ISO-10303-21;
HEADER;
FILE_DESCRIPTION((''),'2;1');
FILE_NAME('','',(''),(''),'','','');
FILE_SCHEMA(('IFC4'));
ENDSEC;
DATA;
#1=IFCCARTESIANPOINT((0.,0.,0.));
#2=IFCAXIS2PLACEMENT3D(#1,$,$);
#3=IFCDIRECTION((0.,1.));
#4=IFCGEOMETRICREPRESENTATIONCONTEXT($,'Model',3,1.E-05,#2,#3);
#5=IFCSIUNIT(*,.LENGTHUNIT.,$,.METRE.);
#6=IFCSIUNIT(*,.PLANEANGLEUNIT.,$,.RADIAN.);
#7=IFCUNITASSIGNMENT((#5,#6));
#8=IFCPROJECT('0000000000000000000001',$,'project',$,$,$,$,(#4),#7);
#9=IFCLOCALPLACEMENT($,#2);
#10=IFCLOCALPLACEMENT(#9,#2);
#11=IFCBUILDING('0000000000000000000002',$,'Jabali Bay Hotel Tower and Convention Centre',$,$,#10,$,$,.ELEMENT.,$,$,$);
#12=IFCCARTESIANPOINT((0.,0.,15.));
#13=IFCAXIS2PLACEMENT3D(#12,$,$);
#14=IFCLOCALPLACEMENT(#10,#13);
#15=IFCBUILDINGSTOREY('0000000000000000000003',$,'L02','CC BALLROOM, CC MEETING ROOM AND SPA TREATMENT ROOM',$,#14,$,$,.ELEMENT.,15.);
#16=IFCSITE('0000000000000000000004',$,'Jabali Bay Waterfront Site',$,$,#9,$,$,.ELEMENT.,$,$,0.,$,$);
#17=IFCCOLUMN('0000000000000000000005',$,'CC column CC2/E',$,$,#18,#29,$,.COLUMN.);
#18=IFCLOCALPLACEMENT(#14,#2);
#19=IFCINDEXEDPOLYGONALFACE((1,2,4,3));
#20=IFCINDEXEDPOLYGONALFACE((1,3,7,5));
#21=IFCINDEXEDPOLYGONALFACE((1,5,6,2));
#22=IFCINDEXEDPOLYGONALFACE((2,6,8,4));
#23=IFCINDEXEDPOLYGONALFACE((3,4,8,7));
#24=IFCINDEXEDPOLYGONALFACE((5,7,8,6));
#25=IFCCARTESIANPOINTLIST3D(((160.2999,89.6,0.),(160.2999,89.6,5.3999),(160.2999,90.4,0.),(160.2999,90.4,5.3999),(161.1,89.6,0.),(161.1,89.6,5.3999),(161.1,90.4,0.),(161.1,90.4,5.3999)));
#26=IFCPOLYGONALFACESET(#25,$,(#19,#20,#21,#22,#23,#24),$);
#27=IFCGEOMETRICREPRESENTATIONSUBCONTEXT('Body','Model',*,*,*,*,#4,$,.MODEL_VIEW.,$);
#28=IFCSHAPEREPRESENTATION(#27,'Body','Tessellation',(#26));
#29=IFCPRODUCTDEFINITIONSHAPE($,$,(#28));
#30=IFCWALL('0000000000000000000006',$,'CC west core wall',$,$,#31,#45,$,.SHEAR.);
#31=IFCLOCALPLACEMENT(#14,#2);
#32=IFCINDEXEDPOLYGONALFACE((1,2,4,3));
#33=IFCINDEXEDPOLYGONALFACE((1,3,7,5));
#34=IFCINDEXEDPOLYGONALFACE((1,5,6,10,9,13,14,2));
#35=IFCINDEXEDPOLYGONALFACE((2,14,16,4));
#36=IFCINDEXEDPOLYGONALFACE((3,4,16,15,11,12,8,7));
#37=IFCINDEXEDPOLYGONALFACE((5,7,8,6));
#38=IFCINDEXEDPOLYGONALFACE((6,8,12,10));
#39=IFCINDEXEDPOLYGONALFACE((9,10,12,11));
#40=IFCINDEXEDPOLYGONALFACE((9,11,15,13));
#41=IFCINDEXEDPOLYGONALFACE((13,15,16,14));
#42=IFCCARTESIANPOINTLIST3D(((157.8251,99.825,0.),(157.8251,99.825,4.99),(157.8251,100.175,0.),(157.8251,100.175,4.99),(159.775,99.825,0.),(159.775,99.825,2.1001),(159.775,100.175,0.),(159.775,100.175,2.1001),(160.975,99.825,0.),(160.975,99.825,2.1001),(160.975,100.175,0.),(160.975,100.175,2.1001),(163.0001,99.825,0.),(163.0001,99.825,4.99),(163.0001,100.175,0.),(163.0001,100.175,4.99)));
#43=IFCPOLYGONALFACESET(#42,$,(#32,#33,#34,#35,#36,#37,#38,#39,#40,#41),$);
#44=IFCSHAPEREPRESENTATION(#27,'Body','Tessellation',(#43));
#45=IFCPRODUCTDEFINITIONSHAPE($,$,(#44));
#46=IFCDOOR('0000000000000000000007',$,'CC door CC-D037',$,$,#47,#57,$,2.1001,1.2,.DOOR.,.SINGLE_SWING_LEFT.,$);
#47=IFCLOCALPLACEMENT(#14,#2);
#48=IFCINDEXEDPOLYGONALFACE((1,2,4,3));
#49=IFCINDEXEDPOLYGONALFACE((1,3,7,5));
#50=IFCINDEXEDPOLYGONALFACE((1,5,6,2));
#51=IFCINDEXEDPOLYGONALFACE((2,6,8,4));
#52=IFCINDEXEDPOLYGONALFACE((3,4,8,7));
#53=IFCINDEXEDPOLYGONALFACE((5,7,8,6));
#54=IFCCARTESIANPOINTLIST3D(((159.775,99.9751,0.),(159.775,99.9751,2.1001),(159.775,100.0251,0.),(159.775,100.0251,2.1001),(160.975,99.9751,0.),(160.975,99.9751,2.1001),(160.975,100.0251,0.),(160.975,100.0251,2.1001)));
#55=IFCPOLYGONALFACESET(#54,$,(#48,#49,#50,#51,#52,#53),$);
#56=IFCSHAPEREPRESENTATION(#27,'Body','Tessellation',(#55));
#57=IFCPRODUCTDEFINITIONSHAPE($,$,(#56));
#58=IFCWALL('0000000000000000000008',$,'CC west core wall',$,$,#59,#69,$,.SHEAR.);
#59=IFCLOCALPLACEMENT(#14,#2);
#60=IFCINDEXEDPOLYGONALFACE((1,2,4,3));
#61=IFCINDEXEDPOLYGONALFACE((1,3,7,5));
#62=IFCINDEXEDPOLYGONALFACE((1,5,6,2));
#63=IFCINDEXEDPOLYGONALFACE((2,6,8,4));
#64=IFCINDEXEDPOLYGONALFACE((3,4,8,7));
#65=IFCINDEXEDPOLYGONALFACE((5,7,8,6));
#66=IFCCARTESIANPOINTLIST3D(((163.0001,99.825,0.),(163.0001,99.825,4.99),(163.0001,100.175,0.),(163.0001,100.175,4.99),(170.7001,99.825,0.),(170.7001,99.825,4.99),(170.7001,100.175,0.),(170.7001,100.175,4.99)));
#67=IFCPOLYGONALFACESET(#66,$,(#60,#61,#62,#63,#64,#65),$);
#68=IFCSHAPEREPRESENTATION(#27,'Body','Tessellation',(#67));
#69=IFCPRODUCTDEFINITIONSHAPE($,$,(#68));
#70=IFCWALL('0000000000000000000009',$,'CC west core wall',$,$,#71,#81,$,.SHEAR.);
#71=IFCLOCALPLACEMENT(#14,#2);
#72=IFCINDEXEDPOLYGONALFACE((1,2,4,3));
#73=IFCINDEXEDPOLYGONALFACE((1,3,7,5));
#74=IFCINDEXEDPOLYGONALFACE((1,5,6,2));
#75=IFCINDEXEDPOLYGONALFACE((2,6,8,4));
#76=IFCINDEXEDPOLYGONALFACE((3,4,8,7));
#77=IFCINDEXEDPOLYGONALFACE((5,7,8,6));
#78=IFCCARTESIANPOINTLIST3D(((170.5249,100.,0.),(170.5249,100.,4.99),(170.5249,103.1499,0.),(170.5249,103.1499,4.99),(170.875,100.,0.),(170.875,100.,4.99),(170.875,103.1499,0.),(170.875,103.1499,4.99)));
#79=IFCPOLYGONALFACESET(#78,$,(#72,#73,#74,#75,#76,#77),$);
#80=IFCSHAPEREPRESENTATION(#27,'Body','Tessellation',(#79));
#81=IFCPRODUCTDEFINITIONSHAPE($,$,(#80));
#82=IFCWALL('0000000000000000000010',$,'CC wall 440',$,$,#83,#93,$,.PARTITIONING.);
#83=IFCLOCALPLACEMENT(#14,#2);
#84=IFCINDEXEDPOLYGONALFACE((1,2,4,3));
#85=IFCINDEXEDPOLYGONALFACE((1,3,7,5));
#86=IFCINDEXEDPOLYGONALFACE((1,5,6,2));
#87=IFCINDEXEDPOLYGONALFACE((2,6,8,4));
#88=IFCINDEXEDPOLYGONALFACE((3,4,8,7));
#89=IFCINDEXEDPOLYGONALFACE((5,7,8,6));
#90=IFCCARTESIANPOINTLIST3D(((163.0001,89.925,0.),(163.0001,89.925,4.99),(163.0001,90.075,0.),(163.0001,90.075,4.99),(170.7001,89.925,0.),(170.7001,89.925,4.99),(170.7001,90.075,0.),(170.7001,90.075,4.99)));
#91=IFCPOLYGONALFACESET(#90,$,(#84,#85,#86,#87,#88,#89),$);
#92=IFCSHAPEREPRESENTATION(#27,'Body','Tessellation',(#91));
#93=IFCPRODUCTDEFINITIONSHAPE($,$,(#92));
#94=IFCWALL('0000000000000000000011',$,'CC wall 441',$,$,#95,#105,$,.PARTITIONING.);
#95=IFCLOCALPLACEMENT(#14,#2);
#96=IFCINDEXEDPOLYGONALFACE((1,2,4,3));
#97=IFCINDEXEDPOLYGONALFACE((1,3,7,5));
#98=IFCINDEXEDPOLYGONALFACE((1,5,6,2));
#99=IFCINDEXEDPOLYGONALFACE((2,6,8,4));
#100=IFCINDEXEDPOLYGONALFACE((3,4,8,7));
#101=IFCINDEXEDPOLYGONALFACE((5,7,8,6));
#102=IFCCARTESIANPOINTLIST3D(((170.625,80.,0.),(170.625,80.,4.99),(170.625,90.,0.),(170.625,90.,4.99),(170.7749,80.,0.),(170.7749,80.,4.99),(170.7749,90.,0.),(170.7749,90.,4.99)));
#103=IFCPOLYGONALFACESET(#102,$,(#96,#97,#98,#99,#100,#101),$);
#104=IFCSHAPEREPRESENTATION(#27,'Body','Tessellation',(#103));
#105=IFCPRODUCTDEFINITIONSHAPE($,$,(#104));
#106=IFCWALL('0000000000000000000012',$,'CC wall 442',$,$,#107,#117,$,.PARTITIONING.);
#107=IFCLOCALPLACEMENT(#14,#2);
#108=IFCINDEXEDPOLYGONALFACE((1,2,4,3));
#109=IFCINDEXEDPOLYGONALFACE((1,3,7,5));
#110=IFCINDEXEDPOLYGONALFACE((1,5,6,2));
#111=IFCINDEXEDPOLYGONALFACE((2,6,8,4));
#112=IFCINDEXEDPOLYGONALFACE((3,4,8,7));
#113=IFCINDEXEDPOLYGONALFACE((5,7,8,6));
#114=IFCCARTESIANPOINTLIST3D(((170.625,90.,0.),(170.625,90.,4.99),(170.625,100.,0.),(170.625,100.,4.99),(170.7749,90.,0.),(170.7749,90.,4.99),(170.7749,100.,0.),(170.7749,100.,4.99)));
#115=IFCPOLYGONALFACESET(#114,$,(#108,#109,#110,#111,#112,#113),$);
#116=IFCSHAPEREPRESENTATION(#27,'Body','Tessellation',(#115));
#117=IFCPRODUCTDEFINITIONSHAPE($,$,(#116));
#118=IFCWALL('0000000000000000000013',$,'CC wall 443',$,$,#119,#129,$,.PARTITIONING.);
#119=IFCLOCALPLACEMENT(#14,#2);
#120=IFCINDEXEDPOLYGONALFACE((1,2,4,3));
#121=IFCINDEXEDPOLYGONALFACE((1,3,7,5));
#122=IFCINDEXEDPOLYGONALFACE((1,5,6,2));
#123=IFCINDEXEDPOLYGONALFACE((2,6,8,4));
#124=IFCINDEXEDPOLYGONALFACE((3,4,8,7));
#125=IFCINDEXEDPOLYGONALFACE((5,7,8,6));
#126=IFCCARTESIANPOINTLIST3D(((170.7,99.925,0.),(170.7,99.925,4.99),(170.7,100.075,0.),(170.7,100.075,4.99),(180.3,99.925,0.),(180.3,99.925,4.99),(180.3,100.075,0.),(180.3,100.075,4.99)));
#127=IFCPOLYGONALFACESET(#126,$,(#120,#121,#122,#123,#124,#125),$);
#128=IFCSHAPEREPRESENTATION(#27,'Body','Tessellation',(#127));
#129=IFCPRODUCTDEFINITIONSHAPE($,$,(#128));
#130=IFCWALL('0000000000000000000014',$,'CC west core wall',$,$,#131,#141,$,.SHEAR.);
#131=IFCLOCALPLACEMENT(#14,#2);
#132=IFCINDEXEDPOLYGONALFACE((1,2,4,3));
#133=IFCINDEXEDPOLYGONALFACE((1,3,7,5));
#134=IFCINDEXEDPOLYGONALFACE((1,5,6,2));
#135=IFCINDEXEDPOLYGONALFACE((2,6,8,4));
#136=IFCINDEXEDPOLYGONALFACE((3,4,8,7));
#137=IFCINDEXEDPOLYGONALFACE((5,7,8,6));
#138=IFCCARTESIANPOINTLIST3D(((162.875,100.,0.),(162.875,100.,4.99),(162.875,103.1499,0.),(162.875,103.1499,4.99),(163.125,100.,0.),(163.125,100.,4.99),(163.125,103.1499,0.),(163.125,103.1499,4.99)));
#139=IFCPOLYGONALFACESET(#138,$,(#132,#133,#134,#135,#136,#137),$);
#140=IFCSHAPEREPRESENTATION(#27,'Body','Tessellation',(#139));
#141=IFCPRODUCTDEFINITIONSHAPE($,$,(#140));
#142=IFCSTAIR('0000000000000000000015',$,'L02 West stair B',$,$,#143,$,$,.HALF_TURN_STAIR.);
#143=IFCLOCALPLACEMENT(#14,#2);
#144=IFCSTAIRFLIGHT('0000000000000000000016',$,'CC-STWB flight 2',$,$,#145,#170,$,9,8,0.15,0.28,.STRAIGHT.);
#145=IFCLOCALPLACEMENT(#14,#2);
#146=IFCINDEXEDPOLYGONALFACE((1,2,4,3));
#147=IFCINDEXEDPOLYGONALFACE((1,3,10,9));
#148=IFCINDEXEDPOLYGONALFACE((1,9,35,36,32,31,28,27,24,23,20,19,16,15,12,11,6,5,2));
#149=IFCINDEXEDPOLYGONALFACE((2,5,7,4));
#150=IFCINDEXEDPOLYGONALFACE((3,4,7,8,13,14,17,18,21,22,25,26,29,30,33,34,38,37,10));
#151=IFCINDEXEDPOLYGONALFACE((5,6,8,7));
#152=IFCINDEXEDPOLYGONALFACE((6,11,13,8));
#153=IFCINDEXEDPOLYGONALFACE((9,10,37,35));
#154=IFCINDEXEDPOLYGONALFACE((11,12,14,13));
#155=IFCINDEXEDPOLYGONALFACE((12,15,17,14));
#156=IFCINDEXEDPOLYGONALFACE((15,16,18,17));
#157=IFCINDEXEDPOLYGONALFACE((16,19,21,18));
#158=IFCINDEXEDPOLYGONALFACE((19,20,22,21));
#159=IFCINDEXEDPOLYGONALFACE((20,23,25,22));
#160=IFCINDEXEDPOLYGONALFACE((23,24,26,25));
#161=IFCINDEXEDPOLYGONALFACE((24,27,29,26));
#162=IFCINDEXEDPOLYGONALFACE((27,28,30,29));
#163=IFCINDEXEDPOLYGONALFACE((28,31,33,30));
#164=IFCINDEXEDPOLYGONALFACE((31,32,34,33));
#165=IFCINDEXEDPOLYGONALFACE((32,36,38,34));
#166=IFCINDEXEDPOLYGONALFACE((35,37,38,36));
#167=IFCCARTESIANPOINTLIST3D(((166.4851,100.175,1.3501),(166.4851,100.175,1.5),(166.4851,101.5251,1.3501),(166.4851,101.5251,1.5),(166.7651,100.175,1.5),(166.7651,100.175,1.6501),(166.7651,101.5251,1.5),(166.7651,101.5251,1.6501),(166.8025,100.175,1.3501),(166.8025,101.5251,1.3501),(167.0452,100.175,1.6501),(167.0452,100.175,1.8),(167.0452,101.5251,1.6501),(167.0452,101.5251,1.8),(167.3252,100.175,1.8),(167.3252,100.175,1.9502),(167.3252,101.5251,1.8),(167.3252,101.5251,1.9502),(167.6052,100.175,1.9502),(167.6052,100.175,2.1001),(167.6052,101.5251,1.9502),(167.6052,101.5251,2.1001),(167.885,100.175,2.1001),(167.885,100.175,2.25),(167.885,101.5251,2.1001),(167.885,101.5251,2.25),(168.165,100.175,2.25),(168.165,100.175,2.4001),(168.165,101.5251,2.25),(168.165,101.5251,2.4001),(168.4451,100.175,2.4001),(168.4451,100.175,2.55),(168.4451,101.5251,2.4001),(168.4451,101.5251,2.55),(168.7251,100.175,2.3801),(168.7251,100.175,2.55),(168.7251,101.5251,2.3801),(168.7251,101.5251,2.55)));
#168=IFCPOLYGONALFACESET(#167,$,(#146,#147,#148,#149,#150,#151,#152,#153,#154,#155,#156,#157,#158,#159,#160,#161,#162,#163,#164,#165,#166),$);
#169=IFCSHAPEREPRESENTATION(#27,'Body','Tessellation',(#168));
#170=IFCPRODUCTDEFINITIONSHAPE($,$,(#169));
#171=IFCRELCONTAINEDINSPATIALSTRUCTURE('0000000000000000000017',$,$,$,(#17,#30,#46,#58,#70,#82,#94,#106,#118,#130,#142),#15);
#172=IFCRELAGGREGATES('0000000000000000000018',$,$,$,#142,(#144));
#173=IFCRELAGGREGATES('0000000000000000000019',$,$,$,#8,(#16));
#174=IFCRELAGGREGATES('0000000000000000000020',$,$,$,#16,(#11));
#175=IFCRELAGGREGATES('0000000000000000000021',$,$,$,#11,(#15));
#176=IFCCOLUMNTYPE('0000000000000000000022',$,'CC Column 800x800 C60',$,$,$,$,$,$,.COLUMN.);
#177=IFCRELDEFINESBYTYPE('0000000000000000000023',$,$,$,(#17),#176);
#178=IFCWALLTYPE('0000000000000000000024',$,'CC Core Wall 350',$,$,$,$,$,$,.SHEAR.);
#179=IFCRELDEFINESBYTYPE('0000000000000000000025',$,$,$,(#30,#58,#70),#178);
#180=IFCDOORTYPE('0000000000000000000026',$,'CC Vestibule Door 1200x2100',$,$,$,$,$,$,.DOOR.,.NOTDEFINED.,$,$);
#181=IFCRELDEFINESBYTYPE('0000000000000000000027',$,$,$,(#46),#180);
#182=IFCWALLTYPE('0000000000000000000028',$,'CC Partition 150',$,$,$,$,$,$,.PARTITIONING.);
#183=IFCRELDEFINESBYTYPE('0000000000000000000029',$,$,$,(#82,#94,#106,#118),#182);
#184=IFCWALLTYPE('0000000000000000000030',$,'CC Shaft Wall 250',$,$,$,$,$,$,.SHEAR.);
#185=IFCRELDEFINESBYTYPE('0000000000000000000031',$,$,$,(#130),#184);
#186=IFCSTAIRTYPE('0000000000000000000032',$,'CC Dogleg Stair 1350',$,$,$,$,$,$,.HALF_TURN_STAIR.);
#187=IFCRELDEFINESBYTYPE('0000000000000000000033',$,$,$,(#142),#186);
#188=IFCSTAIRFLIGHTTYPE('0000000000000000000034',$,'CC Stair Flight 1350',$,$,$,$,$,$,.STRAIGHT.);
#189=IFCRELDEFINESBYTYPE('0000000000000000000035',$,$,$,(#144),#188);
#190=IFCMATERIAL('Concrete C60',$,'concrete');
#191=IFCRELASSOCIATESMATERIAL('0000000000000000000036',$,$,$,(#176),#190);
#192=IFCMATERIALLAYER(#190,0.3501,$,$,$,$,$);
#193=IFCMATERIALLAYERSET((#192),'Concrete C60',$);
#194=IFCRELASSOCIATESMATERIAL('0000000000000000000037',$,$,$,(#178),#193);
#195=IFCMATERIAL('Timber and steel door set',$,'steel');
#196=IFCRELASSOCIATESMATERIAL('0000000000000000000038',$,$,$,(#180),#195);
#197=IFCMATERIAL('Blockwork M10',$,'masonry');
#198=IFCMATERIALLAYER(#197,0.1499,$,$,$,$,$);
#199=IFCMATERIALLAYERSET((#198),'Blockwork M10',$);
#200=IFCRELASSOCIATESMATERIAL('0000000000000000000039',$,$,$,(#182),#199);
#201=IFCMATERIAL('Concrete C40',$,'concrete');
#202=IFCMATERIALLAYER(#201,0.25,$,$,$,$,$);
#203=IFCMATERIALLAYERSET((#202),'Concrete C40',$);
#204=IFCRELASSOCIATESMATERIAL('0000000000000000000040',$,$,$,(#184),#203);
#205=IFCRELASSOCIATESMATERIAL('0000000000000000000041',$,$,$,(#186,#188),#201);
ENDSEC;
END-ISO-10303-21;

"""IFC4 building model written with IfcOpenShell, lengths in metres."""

from ifc_helpers import new_model, si_unit, direction, frame, frame_2d, origin, origin_2d, place, context, subcontext, project, spatial, polyline, rectangle, outline, extrude, material, layer, layer_set, material_profile, profile_set, type_object, element, fill, aggregate, save


model = new_model("IFC4")

# Units and contexts
model_context = context("Model", 3, precision=1e-05, world=origin(), true_north=direction((0.0, 1.0)))
body_context = subcontext(model_context, "Body", "Model", "MODEL_VIEW")
ifc_project = project(units=[si_unit("LENGTHUNIT", "METRE"), si_unit("PLANEANGLEUNIT", "RADIAN")], contexts=[model_context])

# Site, building, storey
site_placement = place(None, origin())
site = spatial("IfcSite", under=ifc_project, at=site_placement, Name="Jabali Bay Waterfront Site", CompositionType="ELEMENT", RefElevation=0.0)
building_placement = place(site_placement, origin())
building = spatial("IfcBuilding", under=site, at=building_placement, Name="Jabali Bay Hotel Tower and Convention Centre", CompositionType="ELEMENT")
storey_placement = place(building_placement, frame((0.0, 0.0, 15.0)))
storey = spatial("IfcBuildingStorey", under=building, at=storey_placement, Name="L02", Description="CC BALLROOM, CC MEETING ROOM AND SPA TREATMENT ROOM", CompositionType="ELEMENT", Elevation=15.0)

# Column
ifc_material_1 = material(Name="Concrete C60", Category="concrete")
ifc_material_profile = material_profile(ifc_material_1, rectangle(XDim=0.8, YDim=0.8, at=origin_2d()), Name="RC 800x800")
ifc_profile_set = profile_set([ifc_material_profile], Name="Concrete C60")
column_type = type_object("IfcColumnType", Name="CC Column 800x800 C60", PredefinedType="COLUMN", material=ifc_profile_set)
column_placement = place(storey_placement, frame((160.7, 90.0, 0.0), z_axis=(0.0, 0.0, 1.0), x_axis=(1.0, 0.0, 0.0)))
element("IfcColumn", 1, at=column_placement, inside=storey, type_object=column_type, Name="CC column CC2/E", PredefinedType="COLUMN", context=body_context, shape_type="SweptSolid", body=[
    extrude(rectangle(XDim=0.8, YDim=0.8, at=origin_2d()), origin(), (0.0, 0.0, 1.0), 5.3999),
])

# Wall, opening, door
ifc_layer_1 = layer(ifc_material_1, 0.3501)
ifc_layer_set_1 = layer_set([ifc_layer_1], Name="Concrete C60")
wall_type_1 = type_object("IfcWallType", Name="CC Core Wall 350", PredefinedType="SHEAR", material=ifc_layer_set_1)
wall_1_placement = place(storey_placement, frame((163.0, 100.0, 0.0), z_axis=(0.0, 0.0, 1.0), x_axis=(-1.0, 0.0, 0.0)))
wall_1 = element("IfcWall", 2, at=wall_1_placement, inside=storey, type_object=wall_type_1, Name="CC west core wall", PredefinedType="SHEAR", context=body_context, shape_type="SweptSolid", body=[
    extrude(rectangle(XDim=5.175, YDim=0.3501, at=frame_2d((2.5874, 0.0))), origin(), (0.0, 0.0, 1.0), 4.99),
])
opening_placement = place(wall_1_placement, frame((2.0249, 0.0, 0.0)))
opening = element("IfcOpeningElement", 3, at=opening_placement, cuts=wall_1, PredefinedType="OPENING", context=body_context, shape_type="SweptSolid", body=[
    extrude(rectangle(XDim=1.2, YDim=2.1001, at=frame_2d((0.6001, 1.05))), frame((0.0, 0.1855, 0.0), z_axis=(0.0, -1.0, 0.0), x_axis=(1.0, 0.0, 0.0)), (0.0, 0.0, 1.0), 0.3711),
])
ifc_material_2 = material(Name="Timber and steel door set", Category="steel")
door_type = type_object("IfcDoorType", Name="CC Vestibule Door 1200x2100", OperationType="NOTDEFINED", PredefinedType="DOOR", material=ifc_material_2)
door_placement = place(opening_placement, origin())
door = element("IfcDoor", 4, at=door_placement, inside=storey, type_object=door_type, Name="CC door CC-D037", OperationType="SINGLE_SWING_LEFT", OverallHeight=2.1001, OverallWidth=1.2, PredefinedType="DOOR", context=body_context, shape_type="SweptSolid", body=[
    extrude(rectangle(XDim=1.2, YDim=2.1001, at=frame_2d((0.6001, 1.05))), frame((0.0, 0.0249, 0.0), z_axis=(0.0, -1.0, 0.0), x_axis=(1.0, 0.0, 0.0)), (0.0, 0.0, 1.0), 0.05),
])
fill(opening, door)

# Walls
wall_2_placement = place(storey_placement, frame((163.0, 100.0, 0.0), z_axis=(0.0, 0.0, 1.0), x_axis=(1.0, 0.0, 0.0)))
element("IfcWall", 5, at=wall_2_placement, inside=storey, type_object=wall_type_1, Name="CC west core wall", PredefinedType="SHEAR", context=body_context, shape_type="SweptSolid", body=[
    extrude(rectangle(XDim=7.7, YDim=0.3501, at=frame_2d((3.8501, 0.0))), origin(), (0.0, 0.0, 1.0), 4.99),
])
wall_3_placement = place(storey_placement, frame((170.7, 100.0, 0.0), z_axis=(0.0, 0.0, 1.0), x_axis=(0.0, 1.0, 0.0)))
element("IfcWall", 6, at=wall_3_placement, inside=storey, type_object=wall_type_1, Name="CC west core wall", PredefinedType="SHEAR", context=body_context, shape_type="SweptSolid", body=[
    extrude(rectangle(XDim=3.1499, YDim=0.3501, at=frame_2d((1.575, 0.0))), origin(), (0.0, 0.0, 1.0), 4.99),
])
ifc_material_3 = material(Name="Blockwork M10", Category="masonry")
ifc_layer_2 = layer(ifc_material_3, 0.1499)
ifc_layer_set_2 = layer_set([ifc_layer_2], Name="Blockwork M10")
wall_type_2 = type_object("IfcWallType", Name="CC Partition 150", PredefinedType="PARTITIONING", material=ifc_layer_set_2)
wall_4_placement = place(storey_placement, frame((163.0, 90.0, 0.0), z_axis=(0.0, 0.0, 1.0), x_axis=(1.0, 0.0, 0.0)))
element("IfcWall", 7, at=wall_4_placement, inside=storey, type_object=wall_type_2, Name="CC wall 440", PredefinedType="PARTITIONING", context=body_context, shape_type="SweptSolid", body=[
    extrude(rectangle(XDim=7.7, YDim=0.1499, at=frame_2d((3.8501, 0.0))), origin(), (0.0, 0.0, 1.0), 4.99),
])
for number, where, z_axis, x_axis, name in (
    (8, (170.7, 80.0, 0.0), (0.0, 0.0, 1.0), (0.0, 1.0, 0.0), "CC wall 441"),
    (9, (170.7, 90.0, 0.0), (0.0, 0.0, 1.0), (0.0, 1.0, 0.0), "CC wall 442"),
):
    element("IfcWall", number, at=place(storey_placement, frame(where, z_axis=z_axis, x_axis=x_axis)), inside=storey, type_object=wall_type_2, Name=name, PredefinedType="PARTITIONING", context=body_context, shape_type="SweptSolid", body=[
        extrude(rectangle(XDim=10.0, YDim=0.1499, at=frame_2d((5.0, 0.0))), origin(), (0.0, 0.0, 1.0), 4.99),
    ])
wall_5_placement = place(storey_placement, frame((170.7, 100.0, 0.0), z_axis=(0.0, 0.0, 1.0), x_axis=(1.0, 0.0, 0.0)))
element("IfcWall", 10, at=wall_5_placement, inside=storey, type_object=wall_type_2, Name="CC wall 443", PredefinedType="PARTITIONING", context=body_context, shape_type="SweptSolid", body=[
    extrude(rectangle(XDim=9.6001, YDim=0.1499, at=frame_2d((4.8, 0.0))), origin(), (0.0, 0.0, 1.0), 4.99),
])
ifc_material_4 = material(Name="Concrete C40", Category="concrete")
ifc_layer_3 = layer(ifc_material_4, 0.25)
ifc_layer_set_3 = layer_set([ifc_layer_3], Name="Concrete C40")
wall_type_3 = type_object("IfcWallType", Name="CC Shaft Wall 250", PredefinedType="SHEAR", material=ifc_layer_set_3)
wall_6_placement = place(storey_placement, frame((163.0, 100.0, 0.0), z_axis=(0.0, 0.0, 1.0), x_axis=(0.0, 1.0, 0.0)))
element("IfcWall", 11, at=wall_6_placement, inside=storey, type_object=wall_type_3, Name="CC west core wall", PredefinedType="SHEAR", context=body_context, shape_type="SweptSolid", body=[
    extrude(rectangle(XDim=3.1499, YDim=0.25, at=frame_2d((1.575, 0.0))), origin(), (0.0, 0.0, 1.0), 4.99),
])

# Stair, stair flight
stair_type = type_object("IfcStairType", Name="CC Dogleg Stair 1350", PredefinedType="HALF_TURN_STAIR", material=ifc_material_4)
stair_placement = place(storey_placement, origin())
stair = element("IfcStair", 12, at=stair_placement, inside=storey, type_object=stair_type, Name="L02 West stair B", PredefinedType="HALF_TURN_STAIR")
stair_flight_type = type_object("IfcStairFlightType", Name="CC Stair Flight 1350", PredefinedType="STRAIGHT", material=ifc_material_4)
stair_flight_1_placement = place(storey_placement, frame((166.4851, 100.8501, 1.3501), z_axis=(0.0, 0.0, 1.0), x_axis=(1.0, 0.0, 0.0)))
stair_flight_1 = element("IfcStairFlight", 13, at=stair_flight_1_placement, type_object=stair_flight_type, Name="CC-STWB flight 2", NumberOfRisers=9, NumberOfTreads=8, PredefinedType="STRAIGHT", RiserHeight=0.15, TreadLength=0.28, context=body_context, shape_type="SweptSolid", body=[
    extrude(outline(polyline([(0.0, 0.0), (0.0, 0.1499), (0.28, 0.1499), (0.28, 0.3), (0.5601, 0.3), (0.5601, 0.45), (0.8401, 0.45), (0.8401, 0.6001), (1.1201, 0.6001), (1.1201, 0.75), (1.3999, 0.75), (1.3999, 0.8999), (1.6799, 0.8999), (1.6799, 1.05), (1.96, 1.05), (1.96, 1.2), (2.24, 1.2), (2.24, 1.3501), (2.24, 1.03), (0.3174, 0.0), (0.0, 0.0)])), frame((0.0, 0.675, 0.0), z_axis=(0.0, -1.0, 0.0), x_axis=(1.0, 0.0, 0.0)), (0.0, 0.0, 1.0), 1.3501),
])
aggregate(stair, [stair_flight_1])

save(model, "model.ifc")
